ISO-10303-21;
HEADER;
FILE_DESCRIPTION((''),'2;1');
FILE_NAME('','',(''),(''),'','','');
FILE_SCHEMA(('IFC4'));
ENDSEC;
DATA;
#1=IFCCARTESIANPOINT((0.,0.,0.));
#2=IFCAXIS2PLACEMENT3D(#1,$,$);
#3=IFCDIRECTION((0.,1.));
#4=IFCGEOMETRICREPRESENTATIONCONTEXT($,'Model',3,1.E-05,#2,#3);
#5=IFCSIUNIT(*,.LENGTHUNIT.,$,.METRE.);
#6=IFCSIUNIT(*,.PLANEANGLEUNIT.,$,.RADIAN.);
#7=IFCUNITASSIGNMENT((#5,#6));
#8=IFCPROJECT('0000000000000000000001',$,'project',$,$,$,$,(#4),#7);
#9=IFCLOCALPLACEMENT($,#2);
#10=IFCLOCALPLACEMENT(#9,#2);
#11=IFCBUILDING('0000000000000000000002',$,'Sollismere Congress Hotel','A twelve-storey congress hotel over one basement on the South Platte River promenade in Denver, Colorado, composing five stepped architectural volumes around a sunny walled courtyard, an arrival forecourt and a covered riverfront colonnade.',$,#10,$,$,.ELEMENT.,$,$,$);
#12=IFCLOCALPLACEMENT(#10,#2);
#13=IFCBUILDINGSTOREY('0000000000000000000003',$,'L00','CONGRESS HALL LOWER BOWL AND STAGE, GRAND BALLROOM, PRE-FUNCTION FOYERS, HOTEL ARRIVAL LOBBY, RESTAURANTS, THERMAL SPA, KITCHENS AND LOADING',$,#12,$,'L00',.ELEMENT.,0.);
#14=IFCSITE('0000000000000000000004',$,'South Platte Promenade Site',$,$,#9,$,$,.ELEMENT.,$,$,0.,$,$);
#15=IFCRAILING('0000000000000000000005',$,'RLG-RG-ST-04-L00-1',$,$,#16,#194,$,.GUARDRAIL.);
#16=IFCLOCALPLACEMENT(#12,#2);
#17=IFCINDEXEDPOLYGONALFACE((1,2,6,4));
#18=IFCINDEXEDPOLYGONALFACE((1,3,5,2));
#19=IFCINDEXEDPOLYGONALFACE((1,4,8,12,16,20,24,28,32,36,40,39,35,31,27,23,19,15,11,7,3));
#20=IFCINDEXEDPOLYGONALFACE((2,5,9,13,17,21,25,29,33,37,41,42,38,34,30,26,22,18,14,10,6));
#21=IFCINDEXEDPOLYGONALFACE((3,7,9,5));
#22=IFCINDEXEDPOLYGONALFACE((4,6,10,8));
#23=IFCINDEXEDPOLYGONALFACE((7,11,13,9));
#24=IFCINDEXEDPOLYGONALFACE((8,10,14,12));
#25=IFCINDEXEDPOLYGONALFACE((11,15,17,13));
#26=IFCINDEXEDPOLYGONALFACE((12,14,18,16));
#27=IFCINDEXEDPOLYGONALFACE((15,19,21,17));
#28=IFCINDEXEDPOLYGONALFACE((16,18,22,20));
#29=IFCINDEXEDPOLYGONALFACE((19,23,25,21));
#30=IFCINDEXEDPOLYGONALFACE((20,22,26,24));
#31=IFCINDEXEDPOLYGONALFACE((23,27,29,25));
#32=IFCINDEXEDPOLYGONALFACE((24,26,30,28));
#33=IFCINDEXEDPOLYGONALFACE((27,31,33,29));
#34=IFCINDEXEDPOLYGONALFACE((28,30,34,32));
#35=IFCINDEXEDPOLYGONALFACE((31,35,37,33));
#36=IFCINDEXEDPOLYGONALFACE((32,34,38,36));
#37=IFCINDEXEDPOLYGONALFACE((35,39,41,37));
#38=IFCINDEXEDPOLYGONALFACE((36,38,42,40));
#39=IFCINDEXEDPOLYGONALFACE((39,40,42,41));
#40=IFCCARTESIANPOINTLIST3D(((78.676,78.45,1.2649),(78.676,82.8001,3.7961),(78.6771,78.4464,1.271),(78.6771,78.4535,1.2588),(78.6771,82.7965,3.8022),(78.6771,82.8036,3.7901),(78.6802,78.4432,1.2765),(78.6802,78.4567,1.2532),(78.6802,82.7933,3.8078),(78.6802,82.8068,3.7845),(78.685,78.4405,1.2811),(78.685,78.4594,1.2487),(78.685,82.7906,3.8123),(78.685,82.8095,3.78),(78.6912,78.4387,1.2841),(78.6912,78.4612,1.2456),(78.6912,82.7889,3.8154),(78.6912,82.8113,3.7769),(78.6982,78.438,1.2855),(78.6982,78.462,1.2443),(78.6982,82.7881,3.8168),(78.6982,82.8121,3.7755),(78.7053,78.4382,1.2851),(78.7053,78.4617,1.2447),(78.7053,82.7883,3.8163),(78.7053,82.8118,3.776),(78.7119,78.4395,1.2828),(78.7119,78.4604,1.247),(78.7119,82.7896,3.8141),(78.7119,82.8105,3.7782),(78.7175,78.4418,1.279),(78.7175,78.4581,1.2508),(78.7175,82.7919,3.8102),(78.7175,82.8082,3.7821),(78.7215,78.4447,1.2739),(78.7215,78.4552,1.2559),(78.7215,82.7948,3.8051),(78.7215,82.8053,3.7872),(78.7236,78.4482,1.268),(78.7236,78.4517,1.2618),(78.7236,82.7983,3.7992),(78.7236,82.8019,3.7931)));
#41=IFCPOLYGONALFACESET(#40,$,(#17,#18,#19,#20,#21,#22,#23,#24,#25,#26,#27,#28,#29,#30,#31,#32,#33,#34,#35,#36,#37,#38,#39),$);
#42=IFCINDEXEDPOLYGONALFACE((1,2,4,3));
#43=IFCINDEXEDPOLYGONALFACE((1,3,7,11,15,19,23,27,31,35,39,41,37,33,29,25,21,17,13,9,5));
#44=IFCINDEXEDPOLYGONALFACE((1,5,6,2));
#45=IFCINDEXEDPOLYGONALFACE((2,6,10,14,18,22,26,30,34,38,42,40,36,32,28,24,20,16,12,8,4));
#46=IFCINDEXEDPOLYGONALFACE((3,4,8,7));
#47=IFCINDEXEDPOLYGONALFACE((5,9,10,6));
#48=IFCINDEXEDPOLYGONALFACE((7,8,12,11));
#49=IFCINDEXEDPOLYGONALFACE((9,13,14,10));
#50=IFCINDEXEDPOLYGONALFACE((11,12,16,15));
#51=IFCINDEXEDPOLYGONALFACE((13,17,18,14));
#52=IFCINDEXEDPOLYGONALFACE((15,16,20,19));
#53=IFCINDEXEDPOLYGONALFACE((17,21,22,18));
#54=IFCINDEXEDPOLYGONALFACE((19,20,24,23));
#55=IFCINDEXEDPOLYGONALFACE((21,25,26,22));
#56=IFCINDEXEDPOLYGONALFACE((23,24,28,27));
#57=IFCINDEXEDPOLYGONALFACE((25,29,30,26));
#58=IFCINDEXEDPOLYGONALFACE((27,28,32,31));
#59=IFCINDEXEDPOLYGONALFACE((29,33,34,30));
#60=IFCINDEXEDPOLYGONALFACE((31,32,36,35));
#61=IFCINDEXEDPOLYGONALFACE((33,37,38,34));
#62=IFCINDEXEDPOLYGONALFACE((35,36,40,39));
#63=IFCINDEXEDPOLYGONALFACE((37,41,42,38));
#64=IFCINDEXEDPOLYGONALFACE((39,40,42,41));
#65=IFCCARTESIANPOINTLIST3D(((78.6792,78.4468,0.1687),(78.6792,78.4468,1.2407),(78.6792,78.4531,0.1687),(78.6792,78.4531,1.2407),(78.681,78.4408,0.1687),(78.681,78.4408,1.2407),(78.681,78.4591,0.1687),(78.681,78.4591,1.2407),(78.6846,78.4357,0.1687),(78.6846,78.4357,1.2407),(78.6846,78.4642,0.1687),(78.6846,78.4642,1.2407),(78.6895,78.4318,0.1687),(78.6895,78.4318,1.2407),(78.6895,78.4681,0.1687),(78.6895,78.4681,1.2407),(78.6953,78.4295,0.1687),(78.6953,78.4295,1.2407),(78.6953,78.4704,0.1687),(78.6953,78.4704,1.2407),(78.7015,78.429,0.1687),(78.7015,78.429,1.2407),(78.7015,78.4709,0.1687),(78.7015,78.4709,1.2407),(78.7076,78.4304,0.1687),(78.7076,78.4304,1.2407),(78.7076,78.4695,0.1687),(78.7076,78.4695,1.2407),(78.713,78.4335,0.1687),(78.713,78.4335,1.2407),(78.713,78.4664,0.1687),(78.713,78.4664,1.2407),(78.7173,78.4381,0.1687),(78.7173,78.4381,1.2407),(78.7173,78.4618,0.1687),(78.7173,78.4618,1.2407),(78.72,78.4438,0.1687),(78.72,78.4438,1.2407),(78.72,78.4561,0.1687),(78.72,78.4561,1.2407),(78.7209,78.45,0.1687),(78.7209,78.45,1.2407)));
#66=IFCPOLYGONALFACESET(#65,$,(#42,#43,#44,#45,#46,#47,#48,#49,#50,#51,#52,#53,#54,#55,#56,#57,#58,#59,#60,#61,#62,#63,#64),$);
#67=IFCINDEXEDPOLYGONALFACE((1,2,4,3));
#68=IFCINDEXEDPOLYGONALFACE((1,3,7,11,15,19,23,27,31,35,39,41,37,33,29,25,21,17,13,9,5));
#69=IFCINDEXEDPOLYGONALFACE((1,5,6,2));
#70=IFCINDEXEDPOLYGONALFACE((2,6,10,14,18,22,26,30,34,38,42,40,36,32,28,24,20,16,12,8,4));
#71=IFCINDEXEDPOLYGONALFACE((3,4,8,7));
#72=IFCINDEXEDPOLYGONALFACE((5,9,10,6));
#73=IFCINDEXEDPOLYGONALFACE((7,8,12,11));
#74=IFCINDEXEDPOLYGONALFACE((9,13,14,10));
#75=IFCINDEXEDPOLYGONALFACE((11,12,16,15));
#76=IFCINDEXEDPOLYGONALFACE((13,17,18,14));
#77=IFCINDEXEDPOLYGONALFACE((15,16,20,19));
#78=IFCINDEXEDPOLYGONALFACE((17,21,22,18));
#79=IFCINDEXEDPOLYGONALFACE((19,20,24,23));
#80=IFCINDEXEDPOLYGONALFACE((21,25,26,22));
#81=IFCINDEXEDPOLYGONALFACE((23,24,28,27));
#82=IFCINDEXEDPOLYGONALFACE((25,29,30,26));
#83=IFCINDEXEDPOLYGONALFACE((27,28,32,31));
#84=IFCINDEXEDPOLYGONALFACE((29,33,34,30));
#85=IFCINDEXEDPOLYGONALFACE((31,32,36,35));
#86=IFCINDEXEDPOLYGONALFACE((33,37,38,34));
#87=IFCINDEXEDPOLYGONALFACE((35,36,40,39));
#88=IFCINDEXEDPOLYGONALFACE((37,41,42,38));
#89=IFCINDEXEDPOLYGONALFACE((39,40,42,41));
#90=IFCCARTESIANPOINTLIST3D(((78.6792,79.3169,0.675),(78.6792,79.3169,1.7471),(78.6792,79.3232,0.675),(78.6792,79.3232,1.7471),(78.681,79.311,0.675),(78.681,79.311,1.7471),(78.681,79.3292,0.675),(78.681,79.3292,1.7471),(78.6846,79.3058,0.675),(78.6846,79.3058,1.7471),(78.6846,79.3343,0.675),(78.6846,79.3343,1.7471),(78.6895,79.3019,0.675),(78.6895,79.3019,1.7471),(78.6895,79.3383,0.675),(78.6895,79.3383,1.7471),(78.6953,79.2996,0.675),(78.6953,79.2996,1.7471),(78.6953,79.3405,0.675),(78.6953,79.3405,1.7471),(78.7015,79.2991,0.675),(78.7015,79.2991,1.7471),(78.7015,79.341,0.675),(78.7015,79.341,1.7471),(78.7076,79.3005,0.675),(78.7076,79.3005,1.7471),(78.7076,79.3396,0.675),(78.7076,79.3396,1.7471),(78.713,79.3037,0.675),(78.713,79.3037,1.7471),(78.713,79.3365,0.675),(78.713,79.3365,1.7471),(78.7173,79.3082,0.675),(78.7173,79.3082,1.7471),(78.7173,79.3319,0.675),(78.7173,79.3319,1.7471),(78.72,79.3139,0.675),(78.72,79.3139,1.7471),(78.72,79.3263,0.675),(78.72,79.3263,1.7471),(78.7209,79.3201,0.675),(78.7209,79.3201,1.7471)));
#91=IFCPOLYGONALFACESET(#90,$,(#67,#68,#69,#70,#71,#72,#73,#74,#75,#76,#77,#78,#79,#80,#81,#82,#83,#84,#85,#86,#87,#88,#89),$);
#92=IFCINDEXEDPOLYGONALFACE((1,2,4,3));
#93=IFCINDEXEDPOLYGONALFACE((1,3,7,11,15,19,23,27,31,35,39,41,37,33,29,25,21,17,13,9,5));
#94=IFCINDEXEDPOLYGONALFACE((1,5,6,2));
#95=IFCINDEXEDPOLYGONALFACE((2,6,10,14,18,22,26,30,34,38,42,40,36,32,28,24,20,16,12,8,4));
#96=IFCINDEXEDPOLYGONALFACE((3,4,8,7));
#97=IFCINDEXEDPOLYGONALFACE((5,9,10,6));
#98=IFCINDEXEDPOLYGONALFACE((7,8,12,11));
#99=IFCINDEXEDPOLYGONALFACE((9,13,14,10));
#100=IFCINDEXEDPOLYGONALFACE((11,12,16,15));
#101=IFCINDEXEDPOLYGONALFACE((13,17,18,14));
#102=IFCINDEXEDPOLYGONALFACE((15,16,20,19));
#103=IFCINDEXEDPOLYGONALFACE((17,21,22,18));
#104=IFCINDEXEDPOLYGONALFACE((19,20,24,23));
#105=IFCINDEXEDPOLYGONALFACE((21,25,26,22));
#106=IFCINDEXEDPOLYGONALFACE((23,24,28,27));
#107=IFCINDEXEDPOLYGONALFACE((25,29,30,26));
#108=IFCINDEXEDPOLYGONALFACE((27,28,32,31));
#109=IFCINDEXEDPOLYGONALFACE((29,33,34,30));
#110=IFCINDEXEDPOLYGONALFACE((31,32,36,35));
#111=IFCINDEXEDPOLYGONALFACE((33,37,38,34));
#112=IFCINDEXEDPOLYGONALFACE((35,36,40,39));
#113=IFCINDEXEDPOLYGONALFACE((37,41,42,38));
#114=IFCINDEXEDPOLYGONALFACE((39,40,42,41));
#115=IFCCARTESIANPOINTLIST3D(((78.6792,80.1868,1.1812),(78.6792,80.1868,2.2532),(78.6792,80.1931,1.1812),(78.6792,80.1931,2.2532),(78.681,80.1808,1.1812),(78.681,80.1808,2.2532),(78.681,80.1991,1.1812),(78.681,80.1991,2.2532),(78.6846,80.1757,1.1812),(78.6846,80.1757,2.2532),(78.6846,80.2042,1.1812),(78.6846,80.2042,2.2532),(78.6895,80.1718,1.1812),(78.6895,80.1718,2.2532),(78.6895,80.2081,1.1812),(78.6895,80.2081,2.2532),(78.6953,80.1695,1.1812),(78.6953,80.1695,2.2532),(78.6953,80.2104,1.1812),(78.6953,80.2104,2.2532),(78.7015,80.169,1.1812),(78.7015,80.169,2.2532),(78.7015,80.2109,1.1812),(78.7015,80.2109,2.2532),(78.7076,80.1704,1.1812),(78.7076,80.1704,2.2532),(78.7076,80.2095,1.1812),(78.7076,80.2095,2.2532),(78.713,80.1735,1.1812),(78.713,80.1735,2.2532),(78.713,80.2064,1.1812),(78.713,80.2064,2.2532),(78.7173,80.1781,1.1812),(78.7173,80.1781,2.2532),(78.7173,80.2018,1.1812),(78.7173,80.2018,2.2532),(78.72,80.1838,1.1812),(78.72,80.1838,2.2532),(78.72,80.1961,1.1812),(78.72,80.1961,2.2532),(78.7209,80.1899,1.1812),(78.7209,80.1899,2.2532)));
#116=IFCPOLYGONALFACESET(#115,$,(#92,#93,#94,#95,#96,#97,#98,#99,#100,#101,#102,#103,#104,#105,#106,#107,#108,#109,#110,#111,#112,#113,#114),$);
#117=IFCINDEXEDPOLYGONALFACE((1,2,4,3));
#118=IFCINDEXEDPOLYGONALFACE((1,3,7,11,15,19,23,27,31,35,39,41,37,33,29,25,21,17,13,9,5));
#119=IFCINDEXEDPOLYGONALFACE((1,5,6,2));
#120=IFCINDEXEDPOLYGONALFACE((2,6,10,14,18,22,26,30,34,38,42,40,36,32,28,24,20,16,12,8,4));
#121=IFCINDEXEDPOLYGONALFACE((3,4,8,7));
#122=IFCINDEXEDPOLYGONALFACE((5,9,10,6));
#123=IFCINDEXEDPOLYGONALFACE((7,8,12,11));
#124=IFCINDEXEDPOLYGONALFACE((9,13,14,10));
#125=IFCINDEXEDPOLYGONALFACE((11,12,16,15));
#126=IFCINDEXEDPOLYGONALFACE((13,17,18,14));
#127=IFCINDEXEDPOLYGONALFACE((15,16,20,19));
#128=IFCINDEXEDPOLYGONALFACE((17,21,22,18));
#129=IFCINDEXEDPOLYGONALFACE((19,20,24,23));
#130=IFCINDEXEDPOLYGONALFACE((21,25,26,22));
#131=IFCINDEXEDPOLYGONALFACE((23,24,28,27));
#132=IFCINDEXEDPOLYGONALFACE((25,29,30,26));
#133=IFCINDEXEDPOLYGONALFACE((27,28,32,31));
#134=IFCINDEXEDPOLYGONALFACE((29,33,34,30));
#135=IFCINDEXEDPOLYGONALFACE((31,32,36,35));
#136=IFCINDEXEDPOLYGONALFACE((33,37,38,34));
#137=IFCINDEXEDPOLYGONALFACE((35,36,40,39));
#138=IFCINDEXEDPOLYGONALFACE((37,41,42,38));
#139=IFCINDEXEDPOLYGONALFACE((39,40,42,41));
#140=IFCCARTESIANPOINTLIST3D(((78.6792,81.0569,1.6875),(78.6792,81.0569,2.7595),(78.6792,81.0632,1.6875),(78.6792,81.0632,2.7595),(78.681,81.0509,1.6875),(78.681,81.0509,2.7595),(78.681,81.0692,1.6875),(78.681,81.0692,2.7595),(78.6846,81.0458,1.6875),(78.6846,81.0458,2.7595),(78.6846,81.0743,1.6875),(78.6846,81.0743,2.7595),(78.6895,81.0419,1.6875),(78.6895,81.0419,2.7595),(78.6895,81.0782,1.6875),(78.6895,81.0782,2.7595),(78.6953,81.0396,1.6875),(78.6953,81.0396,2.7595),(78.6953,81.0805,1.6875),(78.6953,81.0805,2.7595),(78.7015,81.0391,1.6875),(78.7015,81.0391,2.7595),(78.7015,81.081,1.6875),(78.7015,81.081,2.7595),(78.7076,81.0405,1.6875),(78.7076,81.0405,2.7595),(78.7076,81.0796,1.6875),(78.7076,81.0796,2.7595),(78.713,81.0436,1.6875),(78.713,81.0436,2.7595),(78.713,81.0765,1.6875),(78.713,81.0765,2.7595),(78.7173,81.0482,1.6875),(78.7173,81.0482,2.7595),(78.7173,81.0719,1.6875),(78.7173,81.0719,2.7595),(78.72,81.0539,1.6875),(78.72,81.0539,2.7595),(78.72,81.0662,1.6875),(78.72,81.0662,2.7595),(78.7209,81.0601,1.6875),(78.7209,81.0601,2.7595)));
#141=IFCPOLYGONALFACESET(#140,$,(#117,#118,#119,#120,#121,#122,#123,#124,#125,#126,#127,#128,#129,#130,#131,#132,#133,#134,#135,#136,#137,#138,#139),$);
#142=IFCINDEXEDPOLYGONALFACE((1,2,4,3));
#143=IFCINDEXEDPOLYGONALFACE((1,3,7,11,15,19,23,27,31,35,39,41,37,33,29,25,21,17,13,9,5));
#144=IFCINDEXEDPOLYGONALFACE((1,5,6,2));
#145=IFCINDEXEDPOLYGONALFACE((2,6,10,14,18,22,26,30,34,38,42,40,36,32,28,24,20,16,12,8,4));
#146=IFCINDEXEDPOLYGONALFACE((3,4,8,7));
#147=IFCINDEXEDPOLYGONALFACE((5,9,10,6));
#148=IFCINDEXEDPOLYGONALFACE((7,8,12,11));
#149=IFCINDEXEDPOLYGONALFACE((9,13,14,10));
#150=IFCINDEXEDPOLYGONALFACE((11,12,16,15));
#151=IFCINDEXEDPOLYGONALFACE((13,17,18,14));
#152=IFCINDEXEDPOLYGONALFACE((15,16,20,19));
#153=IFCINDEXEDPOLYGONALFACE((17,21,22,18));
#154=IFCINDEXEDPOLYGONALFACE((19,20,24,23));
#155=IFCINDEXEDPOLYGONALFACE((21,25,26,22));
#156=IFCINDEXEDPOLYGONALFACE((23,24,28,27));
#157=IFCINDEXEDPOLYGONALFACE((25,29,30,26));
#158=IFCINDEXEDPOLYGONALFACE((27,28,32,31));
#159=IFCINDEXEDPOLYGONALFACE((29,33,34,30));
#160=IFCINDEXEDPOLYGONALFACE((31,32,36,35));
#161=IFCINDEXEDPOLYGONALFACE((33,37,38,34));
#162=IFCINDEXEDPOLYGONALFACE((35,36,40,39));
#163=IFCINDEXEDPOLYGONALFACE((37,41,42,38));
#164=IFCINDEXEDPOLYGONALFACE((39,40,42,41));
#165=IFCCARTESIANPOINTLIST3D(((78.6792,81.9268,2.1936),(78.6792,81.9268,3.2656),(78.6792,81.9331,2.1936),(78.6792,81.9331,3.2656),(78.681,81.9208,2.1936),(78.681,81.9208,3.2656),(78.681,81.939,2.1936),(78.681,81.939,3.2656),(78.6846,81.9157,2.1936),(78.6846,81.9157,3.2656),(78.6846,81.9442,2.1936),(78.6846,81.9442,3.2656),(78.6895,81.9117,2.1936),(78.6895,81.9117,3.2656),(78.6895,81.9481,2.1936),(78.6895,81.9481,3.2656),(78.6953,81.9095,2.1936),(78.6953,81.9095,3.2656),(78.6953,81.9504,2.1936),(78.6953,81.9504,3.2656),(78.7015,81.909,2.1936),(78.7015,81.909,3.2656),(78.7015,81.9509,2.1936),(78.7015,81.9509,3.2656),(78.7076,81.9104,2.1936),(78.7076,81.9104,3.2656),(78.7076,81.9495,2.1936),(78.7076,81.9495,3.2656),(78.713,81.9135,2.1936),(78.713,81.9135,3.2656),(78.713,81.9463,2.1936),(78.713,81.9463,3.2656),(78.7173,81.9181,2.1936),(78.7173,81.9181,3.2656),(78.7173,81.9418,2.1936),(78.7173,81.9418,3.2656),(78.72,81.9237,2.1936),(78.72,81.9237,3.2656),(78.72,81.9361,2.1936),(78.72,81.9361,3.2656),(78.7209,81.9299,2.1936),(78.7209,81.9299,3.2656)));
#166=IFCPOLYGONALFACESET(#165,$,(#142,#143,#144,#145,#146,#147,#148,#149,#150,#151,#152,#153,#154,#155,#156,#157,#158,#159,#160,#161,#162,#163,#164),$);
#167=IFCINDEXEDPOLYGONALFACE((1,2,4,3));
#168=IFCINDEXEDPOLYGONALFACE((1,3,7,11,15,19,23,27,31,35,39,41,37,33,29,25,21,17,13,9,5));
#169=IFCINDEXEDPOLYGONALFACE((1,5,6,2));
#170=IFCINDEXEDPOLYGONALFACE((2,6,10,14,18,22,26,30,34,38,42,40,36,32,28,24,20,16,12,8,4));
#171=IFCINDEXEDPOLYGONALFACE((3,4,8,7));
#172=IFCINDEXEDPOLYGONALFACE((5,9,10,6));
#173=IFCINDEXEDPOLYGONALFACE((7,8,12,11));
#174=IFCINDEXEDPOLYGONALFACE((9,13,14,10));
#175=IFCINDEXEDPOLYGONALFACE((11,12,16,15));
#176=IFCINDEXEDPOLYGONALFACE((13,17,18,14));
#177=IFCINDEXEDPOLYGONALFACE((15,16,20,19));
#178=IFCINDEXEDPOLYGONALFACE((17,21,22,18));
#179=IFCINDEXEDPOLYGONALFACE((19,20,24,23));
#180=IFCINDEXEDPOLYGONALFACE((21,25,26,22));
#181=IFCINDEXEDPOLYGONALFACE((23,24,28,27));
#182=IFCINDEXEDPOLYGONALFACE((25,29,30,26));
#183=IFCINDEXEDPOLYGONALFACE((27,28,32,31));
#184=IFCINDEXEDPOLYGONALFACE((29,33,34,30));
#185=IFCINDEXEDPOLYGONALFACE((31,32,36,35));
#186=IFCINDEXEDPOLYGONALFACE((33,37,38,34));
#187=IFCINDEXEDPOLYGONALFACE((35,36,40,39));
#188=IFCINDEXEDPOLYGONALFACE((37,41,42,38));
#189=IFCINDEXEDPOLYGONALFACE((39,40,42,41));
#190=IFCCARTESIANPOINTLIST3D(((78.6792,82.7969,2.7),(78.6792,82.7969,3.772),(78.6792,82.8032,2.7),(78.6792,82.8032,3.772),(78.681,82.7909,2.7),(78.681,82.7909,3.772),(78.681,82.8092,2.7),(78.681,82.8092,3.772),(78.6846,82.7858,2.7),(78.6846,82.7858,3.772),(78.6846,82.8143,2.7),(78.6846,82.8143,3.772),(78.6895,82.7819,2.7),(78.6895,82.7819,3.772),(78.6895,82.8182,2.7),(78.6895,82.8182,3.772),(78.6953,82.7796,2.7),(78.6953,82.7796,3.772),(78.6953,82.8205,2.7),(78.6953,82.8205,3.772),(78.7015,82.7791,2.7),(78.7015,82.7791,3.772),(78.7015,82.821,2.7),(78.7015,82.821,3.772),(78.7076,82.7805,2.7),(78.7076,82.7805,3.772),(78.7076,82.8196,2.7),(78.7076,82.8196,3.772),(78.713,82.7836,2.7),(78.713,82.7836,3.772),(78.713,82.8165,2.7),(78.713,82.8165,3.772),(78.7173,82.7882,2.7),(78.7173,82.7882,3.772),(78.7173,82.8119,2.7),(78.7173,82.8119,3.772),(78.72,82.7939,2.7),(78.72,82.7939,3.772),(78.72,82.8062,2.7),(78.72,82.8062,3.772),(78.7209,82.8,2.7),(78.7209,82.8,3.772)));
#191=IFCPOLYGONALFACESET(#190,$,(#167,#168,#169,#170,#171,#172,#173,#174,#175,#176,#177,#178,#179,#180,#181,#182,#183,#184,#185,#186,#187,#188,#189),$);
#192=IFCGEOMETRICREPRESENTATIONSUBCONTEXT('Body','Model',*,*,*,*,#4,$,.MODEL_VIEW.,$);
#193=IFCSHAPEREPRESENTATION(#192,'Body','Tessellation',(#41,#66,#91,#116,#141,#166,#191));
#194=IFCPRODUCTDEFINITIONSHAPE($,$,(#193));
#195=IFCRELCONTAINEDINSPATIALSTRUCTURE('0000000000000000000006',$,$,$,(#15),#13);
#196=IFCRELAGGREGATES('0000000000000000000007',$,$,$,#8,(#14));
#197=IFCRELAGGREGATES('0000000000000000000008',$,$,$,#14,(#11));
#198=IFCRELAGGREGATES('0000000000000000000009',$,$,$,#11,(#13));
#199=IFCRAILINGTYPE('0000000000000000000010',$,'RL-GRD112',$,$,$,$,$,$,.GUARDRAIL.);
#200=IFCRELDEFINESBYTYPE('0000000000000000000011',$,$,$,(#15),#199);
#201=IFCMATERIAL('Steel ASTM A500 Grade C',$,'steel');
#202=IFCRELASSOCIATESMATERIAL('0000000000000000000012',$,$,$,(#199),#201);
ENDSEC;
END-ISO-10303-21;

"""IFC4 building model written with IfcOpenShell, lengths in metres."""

from ifc_helpers import new_model, si_unit, direction, frame, origin, origin_2d, place, context, subcontext, project, spatial, circle, extrude, material, type_object, element, save


model = new_model("IFC4")

# Units and contexts
model_context = context("Model", 3, precision=1e-05, world=origin(), true_north=direction((0.0, 1.0)))
body_context = subcontext(model_context, "Body", "Model", "MODEL_VIEW")
ifc_project = project(units=[si_unit("LENGTHUNIT", "METRE"), si_unit("PLANEANGLEUNIT", "RADIAN")], contexts=[model_context])

# Site, building, storey
site_placement = place(None, origin())
site = spatial("IfcSite", under=ifc_project, at=site_placement, Name="South Platte Promenade Site", CompositionType="ELEMENT", RefElevation=0.0)
building_placement = place(site_placement, origin())
building = spatial("IfcBuilding", under=site, at=building_placement, Name="Sollismere Congress Hotel", Description="A twelve-storey congress hotel over one basement on the South Platte River promenade in Denver, Colorado, composing five stepped architectural volumes around a sunny walled courtyard, an arrival forecourt and a covered riverfront colonnade.", CompositionType="ELEMENT")
storey_placement = place(building_placement, origin())
storey = spatial("IfcBuildingStorey", under=building, at=storey_placement, Name="L00", Description="CONGRESS HALL LOWER BOWL AND STAGE, GRAND BALLROOM, PRE-FUNCTION FOYERS, HOTEL ARRIVAL LOBBY, RESTAURANTS, THERMAL SPA, KITCHENS AND LOADING", LongName="L00", CompositionType="ELEMENT", Elevation=0.0)

# Railing
ifc_material_1 = material(Name="Steel ASTM A500 Grade C", Category="steel")
railing_type_1 = type_object("IfcRailingType", Name="RL-GRD112", PredefinedType="GUARDRAIL", material=ifc_material_1)
railing_1_placement = place(storey_placement, frame((78.7, 78.45, 0.1687)))
element("IfcRailing", 1, at=railing_1_placement, inside=storey, type_object=railing_type_1, Name="RLG-RG-ST-04-L00-1", PredefinedType="GUARDRAIL", context=body_context, shape_type="SweptSolid", body=[
    extrude(circle(Radius=0.0239, at=origin_2d()), frame((0.0, 0.0, 1.0962), z_axis=(0.0, 0.864324, 0.502936), x_axis=(-1.0, 0.0, 0.0)), (0.0, 0.0, 1.0), 5.033),
    extrude(circle(Radius=0.021, at=origin_2d()), origin(), (0.0, 0.0, 1.0), 1.072),
    extrude(circle(Radius=0.021, at=origin_2d()), frame((0.0, 0.8701, 0.5063)), (0.0, 0.0, 1.0), 1.072),
    extrude(circle(Radius=0.021, at=origin_2d()), frame((0.0, 1.74, 1.0125)), (0.0, 0.0, 1.0), 1.072),
    extrude(circle(Radius=0.021, at=origin_2d()), frame((0.0, 2.6101, 1.5188)), (0.0, 0.0, 1.0), 1.072),
    extrude(circle(Radius=0.021, at=origin_2d()), frame((0.0, 3.48, 2.0249)), (0.0, 0.0, 1.0), 1.072),
    extrude(circle(Radius=0.021, at=origin_2d()), frame((0.0, 4.3501, 2.5312)), (0.0, 0.0, 1.0), 1.072),
])

save(model, "model.ifc")
